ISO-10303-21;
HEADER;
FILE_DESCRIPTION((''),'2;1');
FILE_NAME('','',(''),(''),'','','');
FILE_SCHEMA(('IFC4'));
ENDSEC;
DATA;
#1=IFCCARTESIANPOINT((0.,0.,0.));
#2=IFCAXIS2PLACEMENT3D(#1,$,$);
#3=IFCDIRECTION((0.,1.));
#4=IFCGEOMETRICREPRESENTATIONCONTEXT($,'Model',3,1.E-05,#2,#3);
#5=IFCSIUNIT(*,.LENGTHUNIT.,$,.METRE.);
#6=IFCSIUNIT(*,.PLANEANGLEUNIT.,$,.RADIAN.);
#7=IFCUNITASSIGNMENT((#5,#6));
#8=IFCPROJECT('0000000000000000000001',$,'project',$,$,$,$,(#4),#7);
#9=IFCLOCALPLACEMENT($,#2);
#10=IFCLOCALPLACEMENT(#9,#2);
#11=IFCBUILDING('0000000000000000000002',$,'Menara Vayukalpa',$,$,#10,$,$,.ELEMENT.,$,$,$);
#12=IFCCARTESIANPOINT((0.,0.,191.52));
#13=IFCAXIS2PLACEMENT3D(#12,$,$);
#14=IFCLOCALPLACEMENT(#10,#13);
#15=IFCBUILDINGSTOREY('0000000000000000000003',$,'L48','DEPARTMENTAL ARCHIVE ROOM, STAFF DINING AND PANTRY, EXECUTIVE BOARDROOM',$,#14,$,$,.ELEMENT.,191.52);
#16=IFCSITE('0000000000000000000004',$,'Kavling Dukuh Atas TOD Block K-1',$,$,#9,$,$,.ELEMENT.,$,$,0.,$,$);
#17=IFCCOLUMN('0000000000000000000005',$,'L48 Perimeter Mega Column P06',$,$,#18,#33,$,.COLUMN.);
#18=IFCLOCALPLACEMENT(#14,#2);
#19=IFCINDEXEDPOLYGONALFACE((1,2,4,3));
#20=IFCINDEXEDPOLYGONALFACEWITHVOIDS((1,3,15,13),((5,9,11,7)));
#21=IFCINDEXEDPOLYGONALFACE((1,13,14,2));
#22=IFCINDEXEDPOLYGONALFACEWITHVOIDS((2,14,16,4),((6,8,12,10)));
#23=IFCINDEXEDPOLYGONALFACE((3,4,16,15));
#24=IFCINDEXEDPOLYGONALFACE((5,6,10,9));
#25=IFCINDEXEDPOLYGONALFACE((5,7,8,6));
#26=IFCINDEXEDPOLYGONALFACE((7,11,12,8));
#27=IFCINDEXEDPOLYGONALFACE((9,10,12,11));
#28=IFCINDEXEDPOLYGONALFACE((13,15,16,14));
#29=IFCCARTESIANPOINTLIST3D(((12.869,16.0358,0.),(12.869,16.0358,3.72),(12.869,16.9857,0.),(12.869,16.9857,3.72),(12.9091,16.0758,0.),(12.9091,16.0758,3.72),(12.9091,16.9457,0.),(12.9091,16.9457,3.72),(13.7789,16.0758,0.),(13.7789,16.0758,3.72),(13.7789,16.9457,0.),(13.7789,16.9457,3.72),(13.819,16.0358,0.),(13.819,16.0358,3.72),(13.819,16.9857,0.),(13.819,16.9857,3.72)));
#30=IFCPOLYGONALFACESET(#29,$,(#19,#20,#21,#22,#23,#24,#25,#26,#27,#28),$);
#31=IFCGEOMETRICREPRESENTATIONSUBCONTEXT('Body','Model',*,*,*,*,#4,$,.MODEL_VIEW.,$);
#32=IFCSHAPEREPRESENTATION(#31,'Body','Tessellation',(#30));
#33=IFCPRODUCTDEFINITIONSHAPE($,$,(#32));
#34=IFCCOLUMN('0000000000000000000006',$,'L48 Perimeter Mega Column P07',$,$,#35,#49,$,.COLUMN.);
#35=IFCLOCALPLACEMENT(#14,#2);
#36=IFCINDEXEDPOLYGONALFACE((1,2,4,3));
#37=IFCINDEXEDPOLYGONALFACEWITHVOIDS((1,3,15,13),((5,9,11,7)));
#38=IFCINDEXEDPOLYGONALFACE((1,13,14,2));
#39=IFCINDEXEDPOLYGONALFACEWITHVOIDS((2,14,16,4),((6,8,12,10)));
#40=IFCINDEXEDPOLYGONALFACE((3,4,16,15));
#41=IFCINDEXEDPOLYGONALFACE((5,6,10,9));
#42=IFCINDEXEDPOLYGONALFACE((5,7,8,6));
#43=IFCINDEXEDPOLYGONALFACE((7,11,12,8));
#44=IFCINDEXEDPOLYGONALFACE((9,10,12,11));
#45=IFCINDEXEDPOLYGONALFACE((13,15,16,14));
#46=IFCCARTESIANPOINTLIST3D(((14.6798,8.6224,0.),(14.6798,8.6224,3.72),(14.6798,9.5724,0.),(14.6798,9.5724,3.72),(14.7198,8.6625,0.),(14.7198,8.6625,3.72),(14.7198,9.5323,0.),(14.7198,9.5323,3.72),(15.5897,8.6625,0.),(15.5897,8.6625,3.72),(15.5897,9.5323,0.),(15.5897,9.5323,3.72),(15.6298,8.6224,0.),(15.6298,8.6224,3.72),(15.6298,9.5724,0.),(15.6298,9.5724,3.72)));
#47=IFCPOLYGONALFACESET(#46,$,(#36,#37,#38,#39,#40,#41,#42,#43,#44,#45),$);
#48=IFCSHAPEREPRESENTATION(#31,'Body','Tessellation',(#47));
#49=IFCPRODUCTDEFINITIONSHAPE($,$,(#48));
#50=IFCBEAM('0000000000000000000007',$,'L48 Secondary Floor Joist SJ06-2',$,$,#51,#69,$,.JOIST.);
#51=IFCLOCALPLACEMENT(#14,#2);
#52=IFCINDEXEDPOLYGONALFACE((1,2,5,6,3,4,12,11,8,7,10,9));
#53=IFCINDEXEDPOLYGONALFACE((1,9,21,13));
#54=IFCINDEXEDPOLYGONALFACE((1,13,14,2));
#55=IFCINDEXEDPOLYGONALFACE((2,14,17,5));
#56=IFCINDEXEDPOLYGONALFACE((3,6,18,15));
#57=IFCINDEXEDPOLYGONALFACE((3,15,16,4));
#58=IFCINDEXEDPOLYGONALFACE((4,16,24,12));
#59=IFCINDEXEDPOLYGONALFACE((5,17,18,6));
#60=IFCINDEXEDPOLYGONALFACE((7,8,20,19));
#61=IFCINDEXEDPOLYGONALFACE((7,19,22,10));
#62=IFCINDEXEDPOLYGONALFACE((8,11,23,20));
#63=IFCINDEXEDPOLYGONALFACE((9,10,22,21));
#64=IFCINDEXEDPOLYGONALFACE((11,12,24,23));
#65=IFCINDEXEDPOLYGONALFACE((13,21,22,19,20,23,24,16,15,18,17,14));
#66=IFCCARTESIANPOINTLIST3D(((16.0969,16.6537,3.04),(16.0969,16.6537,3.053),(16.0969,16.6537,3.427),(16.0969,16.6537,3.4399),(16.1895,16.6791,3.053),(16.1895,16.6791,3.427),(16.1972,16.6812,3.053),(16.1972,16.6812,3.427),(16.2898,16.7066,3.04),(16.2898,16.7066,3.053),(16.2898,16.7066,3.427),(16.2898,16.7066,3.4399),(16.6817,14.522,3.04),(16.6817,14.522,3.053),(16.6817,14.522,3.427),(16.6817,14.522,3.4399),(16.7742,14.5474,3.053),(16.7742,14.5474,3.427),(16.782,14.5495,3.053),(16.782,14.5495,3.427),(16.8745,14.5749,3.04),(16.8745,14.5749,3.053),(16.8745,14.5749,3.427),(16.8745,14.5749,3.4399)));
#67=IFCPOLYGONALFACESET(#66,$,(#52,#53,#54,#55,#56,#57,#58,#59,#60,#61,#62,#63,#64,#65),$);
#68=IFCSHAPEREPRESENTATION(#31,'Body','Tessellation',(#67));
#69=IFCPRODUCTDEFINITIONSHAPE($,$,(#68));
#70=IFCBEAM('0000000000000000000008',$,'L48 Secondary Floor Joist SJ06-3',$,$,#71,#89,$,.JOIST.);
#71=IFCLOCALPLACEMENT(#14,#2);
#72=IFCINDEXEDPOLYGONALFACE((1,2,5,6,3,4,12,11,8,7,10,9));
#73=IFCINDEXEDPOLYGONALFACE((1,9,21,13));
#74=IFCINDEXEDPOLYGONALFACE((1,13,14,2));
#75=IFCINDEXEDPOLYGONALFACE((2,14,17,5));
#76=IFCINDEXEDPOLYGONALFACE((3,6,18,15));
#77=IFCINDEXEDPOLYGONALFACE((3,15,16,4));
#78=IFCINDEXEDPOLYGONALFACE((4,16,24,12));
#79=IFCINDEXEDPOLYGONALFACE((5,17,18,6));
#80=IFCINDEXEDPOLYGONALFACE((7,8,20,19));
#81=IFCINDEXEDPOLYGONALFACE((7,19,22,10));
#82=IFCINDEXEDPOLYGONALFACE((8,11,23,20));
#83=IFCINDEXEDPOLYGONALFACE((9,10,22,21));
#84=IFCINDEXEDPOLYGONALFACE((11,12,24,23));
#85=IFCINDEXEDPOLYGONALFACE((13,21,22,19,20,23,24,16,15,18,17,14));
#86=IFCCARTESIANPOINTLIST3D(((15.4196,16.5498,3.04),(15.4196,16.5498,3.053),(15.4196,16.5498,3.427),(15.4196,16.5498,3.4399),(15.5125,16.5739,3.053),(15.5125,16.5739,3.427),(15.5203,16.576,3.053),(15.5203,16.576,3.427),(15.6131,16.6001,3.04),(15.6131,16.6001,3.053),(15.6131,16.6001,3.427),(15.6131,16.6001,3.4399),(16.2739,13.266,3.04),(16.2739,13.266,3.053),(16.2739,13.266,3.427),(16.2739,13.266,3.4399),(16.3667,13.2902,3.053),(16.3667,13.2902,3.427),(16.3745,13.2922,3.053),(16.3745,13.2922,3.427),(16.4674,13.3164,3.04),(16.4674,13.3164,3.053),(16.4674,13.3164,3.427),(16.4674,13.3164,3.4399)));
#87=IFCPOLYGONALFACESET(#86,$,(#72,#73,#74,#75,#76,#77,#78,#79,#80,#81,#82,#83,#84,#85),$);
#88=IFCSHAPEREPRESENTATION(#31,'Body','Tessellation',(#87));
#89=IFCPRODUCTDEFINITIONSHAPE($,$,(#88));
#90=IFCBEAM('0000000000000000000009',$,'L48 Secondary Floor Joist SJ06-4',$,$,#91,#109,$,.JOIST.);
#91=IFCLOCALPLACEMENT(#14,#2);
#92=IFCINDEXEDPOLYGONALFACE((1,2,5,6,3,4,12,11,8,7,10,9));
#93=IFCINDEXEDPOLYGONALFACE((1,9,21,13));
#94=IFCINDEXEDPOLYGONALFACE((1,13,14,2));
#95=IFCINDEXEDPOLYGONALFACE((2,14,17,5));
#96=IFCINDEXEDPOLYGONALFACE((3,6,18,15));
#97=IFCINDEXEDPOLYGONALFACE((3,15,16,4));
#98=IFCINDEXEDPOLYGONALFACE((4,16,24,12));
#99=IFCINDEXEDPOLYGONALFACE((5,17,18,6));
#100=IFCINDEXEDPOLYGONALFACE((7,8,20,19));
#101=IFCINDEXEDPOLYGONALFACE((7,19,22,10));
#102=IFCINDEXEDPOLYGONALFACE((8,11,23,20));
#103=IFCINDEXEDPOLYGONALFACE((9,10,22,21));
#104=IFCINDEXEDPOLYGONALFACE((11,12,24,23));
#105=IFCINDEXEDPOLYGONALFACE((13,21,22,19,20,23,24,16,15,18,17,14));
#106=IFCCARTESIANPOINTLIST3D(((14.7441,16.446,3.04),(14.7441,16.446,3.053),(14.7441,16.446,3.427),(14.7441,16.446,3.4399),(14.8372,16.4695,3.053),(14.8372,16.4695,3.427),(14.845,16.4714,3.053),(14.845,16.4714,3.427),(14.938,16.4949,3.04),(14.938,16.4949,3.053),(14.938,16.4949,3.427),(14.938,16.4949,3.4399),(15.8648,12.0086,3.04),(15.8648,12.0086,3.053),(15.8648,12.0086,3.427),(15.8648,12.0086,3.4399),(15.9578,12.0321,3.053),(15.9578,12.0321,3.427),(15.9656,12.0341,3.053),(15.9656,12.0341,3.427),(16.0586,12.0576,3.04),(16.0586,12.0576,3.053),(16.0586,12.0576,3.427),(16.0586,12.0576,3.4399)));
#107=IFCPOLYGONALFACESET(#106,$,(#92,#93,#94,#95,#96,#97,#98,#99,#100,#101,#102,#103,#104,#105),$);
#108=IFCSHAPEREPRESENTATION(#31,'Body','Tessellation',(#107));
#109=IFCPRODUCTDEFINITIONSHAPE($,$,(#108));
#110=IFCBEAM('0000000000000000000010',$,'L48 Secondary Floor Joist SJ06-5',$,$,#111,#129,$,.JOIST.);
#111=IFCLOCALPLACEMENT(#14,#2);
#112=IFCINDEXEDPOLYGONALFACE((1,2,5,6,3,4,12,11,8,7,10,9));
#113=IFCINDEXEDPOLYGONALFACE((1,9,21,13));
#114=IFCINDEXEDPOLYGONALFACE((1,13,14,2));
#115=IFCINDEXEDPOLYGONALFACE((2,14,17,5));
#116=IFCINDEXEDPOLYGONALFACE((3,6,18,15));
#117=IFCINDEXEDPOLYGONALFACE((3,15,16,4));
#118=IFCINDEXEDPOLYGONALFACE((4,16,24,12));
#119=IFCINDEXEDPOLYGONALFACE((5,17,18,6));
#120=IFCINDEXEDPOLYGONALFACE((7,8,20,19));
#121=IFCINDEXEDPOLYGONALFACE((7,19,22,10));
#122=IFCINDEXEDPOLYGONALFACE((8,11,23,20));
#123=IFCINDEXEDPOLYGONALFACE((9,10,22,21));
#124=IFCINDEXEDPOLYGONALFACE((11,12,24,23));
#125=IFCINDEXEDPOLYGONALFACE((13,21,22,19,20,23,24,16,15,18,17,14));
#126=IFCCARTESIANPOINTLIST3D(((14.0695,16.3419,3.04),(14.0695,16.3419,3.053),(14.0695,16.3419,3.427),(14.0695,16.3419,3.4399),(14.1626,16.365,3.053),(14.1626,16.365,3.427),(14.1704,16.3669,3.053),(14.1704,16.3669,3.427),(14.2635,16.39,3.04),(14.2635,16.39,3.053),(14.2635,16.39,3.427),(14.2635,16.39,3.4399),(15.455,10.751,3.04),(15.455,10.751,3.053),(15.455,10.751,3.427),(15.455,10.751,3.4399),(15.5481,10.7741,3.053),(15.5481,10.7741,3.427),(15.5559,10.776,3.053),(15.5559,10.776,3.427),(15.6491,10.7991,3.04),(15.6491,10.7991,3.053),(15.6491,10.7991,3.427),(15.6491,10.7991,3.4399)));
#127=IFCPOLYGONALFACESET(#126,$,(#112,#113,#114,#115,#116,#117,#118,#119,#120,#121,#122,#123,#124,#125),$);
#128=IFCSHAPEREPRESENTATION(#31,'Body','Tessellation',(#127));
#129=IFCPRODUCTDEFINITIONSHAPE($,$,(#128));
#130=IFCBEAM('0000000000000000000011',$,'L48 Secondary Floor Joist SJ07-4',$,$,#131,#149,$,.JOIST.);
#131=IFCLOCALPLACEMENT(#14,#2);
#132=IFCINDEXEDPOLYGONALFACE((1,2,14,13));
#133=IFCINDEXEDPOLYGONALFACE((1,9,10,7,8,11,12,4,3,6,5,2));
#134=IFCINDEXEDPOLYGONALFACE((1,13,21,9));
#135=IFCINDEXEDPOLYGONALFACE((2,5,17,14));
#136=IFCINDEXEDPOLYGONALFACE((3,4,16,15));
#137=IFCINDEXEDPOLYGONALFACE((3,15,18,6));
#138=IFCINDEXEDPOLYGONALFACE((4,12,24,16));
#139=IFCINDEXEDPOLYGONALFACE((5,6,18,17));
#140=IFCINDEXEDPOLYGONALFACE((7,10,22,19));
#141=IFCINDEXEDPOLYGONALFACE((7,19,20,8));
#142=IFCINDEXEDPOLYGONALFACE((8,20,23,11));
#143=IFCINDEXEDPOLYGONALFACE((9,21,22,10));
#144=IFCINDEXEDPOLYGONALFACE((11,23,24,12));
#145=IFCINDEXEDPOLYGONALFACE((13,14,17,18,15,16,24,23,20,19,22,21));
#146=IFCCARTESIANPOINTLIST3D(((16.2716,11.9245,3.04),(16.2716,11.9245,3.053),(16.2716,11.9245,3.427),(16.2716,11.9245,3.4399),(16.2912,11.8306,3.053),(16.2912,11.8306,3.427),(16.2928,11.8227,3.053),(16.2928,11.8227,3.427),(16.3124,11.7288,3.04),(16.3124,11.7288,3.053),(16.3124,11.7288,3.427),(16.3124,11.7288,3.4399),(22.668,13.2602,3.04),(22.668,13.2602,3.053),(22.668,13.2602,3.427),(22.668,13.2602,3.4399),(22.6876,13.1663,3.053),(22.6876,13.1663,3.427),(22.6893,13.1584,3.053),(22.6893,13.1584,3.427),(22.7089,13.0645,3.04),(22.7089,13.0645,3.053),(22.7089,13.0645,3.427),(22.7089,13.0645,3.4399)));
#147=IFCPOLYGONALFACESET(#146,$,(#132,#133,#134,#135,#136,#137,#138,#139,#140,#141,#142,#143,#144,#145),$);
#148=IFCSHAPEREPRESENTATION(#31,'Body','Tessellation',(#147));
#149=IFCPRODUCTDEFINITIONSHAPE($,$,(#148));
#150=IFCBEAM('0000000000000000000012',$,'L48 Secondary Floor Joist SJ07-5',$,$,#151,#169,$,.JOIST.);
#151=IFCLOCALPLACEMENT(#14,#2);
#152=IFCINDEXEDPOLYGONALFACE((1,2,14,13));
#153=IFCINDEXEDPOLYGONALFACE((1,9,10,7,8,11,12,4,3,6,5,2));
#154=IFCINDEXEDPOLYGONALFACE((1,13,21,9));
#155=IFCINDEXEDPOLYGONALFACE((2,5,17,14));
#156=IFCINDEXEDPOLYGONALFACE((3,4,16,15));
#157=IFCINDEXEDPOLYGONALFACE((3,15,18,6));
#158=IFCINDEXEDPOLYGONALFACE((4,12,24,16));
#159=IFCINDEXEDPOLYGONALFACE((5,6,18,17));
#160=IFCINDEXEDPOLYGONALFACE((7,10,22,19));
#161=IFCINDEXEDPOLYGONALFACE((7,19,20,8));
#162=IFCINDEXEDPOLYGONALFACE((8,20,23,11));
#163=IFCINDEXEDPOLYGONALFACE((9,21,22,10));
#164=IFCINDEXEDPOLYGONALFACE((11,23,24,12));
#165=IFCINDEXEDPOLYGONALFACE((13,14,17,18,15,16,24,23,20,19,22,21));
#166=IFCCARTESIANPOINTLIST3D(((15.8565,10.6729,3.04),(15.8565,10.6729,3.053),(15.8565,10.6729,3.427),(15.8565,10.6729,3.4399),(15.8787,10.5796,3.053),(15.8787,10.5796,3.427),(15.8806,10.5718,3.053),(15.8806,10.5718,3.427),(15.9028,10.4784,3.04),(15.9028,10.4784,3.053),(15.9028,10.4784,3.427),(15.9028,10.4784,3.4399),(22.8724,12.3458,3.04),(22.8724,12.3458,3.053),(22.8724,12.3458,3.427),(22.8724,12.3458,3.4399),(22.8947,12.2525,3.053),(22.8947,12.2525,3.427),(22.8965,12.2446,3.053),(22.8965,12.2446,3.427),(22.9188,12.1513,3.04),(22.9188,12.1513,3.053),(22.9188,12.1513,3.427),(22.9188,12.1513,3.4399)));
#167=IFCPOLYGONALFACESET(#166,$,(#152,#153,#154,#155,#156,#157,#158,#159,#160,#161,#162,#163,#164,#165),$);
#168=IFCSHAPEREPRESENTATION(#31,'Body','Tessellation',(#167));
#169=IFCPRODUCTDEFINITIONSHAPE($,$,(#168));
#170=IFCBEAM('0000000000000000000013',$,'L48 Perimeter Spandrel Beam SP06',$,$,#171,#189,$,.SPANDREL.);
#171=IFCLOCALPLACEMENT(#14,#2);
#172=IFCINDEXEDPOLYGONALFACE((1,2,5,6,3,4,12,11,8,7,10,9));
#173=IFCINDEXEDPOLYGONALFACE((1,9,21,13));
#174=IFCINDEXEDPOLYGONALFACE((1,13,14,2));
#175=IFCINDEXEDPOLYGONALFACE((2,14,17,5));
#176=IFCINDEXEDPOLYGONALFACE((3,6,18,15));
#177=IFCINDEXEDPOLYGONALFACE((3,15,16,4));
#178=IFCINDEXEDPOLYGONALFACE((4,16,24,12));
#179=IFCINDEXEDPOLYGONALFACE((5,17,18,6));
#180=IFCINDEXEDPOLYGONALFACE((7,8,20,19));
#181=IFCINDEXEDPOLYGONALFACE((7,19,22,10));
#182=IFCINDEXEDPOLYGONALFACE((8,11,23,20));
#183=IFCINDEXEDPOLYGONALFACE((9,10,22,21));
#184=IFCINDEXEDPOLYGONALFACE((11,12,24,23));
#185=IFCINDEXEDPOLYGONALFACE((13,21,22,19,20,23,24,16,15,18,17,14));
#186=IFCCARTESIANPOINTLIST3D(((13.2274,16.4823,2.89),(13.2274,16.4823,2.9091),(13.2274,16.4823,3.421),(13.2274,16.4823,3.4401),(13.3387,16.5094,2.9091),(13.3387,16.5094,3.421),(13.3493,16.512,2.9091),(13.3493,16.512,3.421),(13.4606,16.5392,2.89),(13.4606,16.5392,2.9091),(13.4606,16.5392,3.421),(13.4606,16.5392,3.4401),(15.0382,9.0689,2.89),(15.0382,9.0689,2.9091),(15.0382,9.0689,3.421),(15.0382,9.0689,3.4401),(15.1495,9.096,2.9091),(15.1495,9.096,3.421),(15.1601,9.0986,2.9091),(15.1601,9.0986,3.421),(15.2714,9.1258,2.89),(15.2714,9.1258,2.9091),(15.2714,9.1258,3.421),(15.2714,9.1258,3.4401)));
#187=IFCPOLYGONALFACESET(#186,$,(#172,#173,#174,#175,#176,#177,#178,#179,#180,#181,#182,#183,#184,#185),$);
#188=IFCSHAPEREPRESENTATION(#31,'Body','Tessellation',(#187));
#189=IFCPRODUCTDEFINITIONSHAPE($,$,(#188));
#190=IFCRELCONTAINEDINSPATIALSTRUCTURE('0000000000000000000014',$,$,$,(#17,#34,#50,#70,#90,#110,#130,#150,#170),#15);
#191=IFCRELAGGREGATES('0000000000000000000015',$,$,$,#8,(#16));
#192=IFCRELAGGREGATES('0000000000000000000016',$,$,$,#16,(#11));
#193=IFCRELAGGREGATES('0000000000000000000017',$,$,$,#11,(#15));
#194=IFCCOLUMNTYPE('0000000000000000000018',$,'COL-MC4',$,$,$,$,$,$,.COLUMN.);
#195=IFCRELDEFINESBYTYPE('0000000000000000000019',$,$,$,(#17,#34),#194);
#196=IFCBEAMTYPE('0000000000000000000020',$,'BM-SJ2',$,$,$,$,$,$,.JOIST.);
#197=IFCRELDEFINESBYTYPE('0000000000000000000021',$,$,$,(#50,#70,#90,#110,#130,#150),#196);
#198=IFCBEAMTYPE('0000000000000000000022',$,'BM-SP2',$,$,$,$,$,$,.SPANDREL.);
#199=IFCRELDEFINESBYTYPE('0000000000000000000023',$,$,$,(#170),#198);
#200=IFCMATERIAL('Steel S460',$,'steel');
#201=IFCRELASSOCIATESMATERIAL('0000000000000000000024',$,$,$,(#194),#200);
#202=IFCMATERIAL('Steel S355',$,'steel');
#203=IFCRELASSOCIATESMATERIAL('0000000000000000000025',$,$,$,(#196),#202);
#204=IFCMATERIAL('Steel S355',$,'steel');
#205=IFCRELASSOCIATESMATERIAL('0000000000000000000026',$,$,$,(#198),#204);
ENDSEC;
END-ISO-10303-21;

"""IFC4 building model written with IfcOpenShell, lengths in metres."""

from ifc_helpers import new_model, si_unit, direction, frame, origin, origin_2d, place, context, subcontext, project, spatial, hollow_rectangle, i_section, extrude, material, material_profile, profile_set, type_object, element, save


model = new_model("IFC4")

# Units and contexts
model_context = context("Model", 3, precision=1e-05, world=origin(), true_north=direction((0.0, 1.0)))
body_context = subcontext(model_context, "Body", "Model", "MODEL_VIEW")
ifc_project = project(units=[si_unit("LENGTHUNIT", "METRE"), si_unit("PLANEANGLEUNIT", "RADIAN")], contexts=[model_context])

# Site, building, storey
site_placement = place(None, origin())
site = spatial("IfcSite", under=ifc_project, at=site_placement, Name="Kavling Dukuh Atas TOD Block K-1", CompositionType="ELEMENT", RefElevation=0.0)
building_placement = place(site_placement, origin())
building = spatial("IfcBuilding", under=site, at=building_placement, Name="Menara Vayukalpa", CompositionType="ELEMENT")
storey_placement = place(building_placement, frame((0.0, 0.0, 191.52)))
storey = spatial("IfcBuildingStorey", under=building, at=storey_placement, Name="L48", Description="DEPARTMENTAL ARCHIVE ROOM, STAFF DINING AND PANTRY, EXECUTIVE BOARDROOM", CompositionType="ELEMENT", Elevation=191.52)

# Columns
ifc_material_1 = material(Name="Steel S460", Category="steel")
ifc_material_profile_1 = material_profile(ifc_material_1, hollow_rectangle(XDim=0.95, YDim=0.95, WallThickness=0.04, at=origin_2d()), Name="BOX 950x950x40")
ifc_profile_set_1 = profile_set([ifc_material_profile_1], Name="Steel S460")
column_type = type_object("IfcColumnType", Name="COL-MC4", PredefinedType="COLUMN", material=ifc_profile_set_1)
for number, where, z_axis, x_axis, name in (
    (1, (13.344, 16.5107, 0.0), (0.0, 0.0, 1.0), (1.0, 0.0, 0.0), "L48 Perimeter Mega Column P06"),
    (2, (15.1548, 9.0974, 0.0), (0.0, 0.0, 1.0), (1.0, 0.0, 0.0), "L48 Perimeter Mega Column P07"),
):
    element("IfcColumn", number, at=place(storey_placement, frame(where, z_axis=z_axis, x_axis=x_axis)), inside=storey, type_object=column_type, Name=name, PredefinedType="COLUMN", context=body_context, shape_type="SweptSolid", body=[
        extrude(hollow_rectangle(XDim=0.95, YDim=0.95, WallThickness=0.04, at=origin_2d()), origin(), (0.0, 0.0, 1.0), 3.72),
    ])

# Beams
ifc_material_2 = material(Name="Steel S355", Category="steel")
ifc_material_profile_2 = material_profile(ifc_material_2, i_section(OverallWidth=0.2, OverallDepth=0.3999, WebThickness=0.0081, FlangeThickness=0.0129, at=origin_2d()), Name="WF 400x200x8x13")
ifc_profile_set_2 = profile_set([ifc_material_profile_2], Name="Steel S355")
beam_type_1 = type_object("IfcBeamType", Name="BM-SJ2", PredefinedType="JOIST", material=ifc_profile_set_2)
beam_1_placement = place(storey_placement, frame((16.1934, 16.6802, 3.24), z_axis=(0.264538, -0.964375, 0.0), x_axis=(0.964375, 0.264538, 0.0)))
element("IfcBeam", 3, at=beam_1_placement, inside=storey, type_object=beam_type_1, Name="L48 Secondary Floor Joist SJ06-2", PredefinedType="JOIST", context=body_context, shape_type="SweptSolid", body=[
    extrude(i_section(OverallWidth=0.2, OverallDepth=0.3999, WebThickness=0.0081, FlangeThickness=0.0129, at=origin_2d()), origin(), (0.0, 0.0, 1.0), 2.2104),
])
beam_2_placement = place(storey_placement, frame((15.5164, 16.575, 3.24), z_axis=(0.251769, -0.967787, 0.0), x_axis=(0.967787, 0.251769, 0.0)))
element("IfcBeam", 4, at=beam_2_placement, inside=storey, type_object=beam_type_1, Name="L48 Secondary Floor Joist SJ06-3", PredefinedType="JOIST", context=body_context, shape_type="SweptSolid", body=[
    extrude(i_section(OverallWidth=0.2, OverallDepth=0.3999, WebThickness=0.0081, FlangeThickness=0.0129, at=origin_2d()), origin(), (0.0, 0.0, 1.0), 3.3931),
])
beam_3_placement = place(storey_placement, frame((14.8411, 16.4705, 3.24), z_axis=(0.244857, -0.969559, 0.0), x_axis=(0.969559, 0.244857, 0.0)))
element("IfcBeam", 5, at=beam_3_placement, inside=storey, type_object=beam_type_1, Name="L48 Secondary Floor Joist SJ06-4", PredefinedType="JOIST", context=body_context, shape_type="SweptSolid", body=[
    extrude(i_section(OverallWidth=0.2, OverallDepth=0.3999, WebThickness=0.0081, FlangeThickness=0.0129, at=origin_2d()), origin(), (0.0, 0.0, 1.0), 4.5767),
])
beam_4_placement = place(storey_placement, frame((14.1665, 16.366, 3.24), z_axis=(0.24054, -0.970639, 0.0), x_axis=(0.970639, 0.24054, 0.0)))
element("IfcBeam", 6, at=beam_4_placement, inside=storey, type_object=beam_type_1, Name="L48 Secondary Floor Joist SJ06-5", PredefinedType="JOIST", context=body_context, shape_type="SweptSolid", body=[
    extrude(i_section(OverallWidth=0.2, OverallDepth=0.3999, WebThickness=0.0081, FlangeThickness=0.0129, at=origin_2d()), origin(), (0.0, 0.0, 1.0), 5.76),
])
beam_5_placement = place(storey_placement, frame((16.292, 11.8267, 3.24), z_axis=(0.978886, 0.204408, 0.0), x_axis=(-0.204408, 0.978886, 0.0)))
element("IfcBeam", 7, at=beam_5_placement, inside=storey, type_object=beam_type_1, Name="L48 Secondary Floor Joist SJ07-4", PredefinedType="JOIST", context=body_context, shape_type="SweptSolid", body=[
    extrude(i_section(OverallWidth=0.2, OverallDepth=0.3999, WebThickness=0.0081, FlangeThickness=0.0129, at=origin_2d()), origin(), (0.0, 0.0, 1.0), 6.5344),
])
beam_6_placement = place(storey_placement, frame((15.8796, 10.5757, 3.24), z_axis=(0.972731, 0.231936, 0.0), x_axis=(-0.231936, 0.972731, 0.0)))
element("IfcBeam", 8, at=beam_6_placement, inside=storey, type_object=beam_type_1, Name="L48 Secondary Floor Joist SJ07-5", PredefinedType="JOIST", context=body_context, shape_type="SweptSolid", body=[
    extrude(i_section(OverallWidth=0.2, OverallDepth=0.3999, WebThickness=0.0081, FlangeThickness=0.0129, at=origin_2d()), origin(), (0.0, 0.0, 1.0), 7.2126),
])
ifc_material_3 = material(Name="Steel S355", Category="steel")
ifc_material_profile_3 = material_profile(ifc_material_3, i_section(OverallWidth=0.24, OverallDepth=0.55, WebThickness=0.011, FlangeThickness=0.019, at=origin_2d()), Name="WF 550x240x11x19")
ifc_profile_set_3 = profile_set([ifc_material_profile_3], Name="Steel S355")
beam_type_2 = type_object("IfcBeamType", Name="BM-SP2", PredefinedType="SPANDREL", material=ifc_profile_set_3)
beam_7_placement = place(storey_placement, frame((13.344, 16.5107, 3.165), z_axis=(0.237285, -0.97144, 0.0), x_axis=(0.97144, 0.237285, 0.0)))
element("IfcBeam", 9, at=beam_7_placement, inside=storey, type_object=beam_type_2, Name="L48 Perimeter Spandrel Beam SP06", PredefinedType="SPANDREL", context=body_context, shape_type="SweptSolid", body=[
    extrude(i_section(OverallWidth=0.24, OverallDepth=0.55, WebThickness=0.011, FlangeThickness=0.019, at=origin_2d()), origin(), (0.0, 0.0, 1.0), 7.6313),
])

save(model, "model.ifc")
